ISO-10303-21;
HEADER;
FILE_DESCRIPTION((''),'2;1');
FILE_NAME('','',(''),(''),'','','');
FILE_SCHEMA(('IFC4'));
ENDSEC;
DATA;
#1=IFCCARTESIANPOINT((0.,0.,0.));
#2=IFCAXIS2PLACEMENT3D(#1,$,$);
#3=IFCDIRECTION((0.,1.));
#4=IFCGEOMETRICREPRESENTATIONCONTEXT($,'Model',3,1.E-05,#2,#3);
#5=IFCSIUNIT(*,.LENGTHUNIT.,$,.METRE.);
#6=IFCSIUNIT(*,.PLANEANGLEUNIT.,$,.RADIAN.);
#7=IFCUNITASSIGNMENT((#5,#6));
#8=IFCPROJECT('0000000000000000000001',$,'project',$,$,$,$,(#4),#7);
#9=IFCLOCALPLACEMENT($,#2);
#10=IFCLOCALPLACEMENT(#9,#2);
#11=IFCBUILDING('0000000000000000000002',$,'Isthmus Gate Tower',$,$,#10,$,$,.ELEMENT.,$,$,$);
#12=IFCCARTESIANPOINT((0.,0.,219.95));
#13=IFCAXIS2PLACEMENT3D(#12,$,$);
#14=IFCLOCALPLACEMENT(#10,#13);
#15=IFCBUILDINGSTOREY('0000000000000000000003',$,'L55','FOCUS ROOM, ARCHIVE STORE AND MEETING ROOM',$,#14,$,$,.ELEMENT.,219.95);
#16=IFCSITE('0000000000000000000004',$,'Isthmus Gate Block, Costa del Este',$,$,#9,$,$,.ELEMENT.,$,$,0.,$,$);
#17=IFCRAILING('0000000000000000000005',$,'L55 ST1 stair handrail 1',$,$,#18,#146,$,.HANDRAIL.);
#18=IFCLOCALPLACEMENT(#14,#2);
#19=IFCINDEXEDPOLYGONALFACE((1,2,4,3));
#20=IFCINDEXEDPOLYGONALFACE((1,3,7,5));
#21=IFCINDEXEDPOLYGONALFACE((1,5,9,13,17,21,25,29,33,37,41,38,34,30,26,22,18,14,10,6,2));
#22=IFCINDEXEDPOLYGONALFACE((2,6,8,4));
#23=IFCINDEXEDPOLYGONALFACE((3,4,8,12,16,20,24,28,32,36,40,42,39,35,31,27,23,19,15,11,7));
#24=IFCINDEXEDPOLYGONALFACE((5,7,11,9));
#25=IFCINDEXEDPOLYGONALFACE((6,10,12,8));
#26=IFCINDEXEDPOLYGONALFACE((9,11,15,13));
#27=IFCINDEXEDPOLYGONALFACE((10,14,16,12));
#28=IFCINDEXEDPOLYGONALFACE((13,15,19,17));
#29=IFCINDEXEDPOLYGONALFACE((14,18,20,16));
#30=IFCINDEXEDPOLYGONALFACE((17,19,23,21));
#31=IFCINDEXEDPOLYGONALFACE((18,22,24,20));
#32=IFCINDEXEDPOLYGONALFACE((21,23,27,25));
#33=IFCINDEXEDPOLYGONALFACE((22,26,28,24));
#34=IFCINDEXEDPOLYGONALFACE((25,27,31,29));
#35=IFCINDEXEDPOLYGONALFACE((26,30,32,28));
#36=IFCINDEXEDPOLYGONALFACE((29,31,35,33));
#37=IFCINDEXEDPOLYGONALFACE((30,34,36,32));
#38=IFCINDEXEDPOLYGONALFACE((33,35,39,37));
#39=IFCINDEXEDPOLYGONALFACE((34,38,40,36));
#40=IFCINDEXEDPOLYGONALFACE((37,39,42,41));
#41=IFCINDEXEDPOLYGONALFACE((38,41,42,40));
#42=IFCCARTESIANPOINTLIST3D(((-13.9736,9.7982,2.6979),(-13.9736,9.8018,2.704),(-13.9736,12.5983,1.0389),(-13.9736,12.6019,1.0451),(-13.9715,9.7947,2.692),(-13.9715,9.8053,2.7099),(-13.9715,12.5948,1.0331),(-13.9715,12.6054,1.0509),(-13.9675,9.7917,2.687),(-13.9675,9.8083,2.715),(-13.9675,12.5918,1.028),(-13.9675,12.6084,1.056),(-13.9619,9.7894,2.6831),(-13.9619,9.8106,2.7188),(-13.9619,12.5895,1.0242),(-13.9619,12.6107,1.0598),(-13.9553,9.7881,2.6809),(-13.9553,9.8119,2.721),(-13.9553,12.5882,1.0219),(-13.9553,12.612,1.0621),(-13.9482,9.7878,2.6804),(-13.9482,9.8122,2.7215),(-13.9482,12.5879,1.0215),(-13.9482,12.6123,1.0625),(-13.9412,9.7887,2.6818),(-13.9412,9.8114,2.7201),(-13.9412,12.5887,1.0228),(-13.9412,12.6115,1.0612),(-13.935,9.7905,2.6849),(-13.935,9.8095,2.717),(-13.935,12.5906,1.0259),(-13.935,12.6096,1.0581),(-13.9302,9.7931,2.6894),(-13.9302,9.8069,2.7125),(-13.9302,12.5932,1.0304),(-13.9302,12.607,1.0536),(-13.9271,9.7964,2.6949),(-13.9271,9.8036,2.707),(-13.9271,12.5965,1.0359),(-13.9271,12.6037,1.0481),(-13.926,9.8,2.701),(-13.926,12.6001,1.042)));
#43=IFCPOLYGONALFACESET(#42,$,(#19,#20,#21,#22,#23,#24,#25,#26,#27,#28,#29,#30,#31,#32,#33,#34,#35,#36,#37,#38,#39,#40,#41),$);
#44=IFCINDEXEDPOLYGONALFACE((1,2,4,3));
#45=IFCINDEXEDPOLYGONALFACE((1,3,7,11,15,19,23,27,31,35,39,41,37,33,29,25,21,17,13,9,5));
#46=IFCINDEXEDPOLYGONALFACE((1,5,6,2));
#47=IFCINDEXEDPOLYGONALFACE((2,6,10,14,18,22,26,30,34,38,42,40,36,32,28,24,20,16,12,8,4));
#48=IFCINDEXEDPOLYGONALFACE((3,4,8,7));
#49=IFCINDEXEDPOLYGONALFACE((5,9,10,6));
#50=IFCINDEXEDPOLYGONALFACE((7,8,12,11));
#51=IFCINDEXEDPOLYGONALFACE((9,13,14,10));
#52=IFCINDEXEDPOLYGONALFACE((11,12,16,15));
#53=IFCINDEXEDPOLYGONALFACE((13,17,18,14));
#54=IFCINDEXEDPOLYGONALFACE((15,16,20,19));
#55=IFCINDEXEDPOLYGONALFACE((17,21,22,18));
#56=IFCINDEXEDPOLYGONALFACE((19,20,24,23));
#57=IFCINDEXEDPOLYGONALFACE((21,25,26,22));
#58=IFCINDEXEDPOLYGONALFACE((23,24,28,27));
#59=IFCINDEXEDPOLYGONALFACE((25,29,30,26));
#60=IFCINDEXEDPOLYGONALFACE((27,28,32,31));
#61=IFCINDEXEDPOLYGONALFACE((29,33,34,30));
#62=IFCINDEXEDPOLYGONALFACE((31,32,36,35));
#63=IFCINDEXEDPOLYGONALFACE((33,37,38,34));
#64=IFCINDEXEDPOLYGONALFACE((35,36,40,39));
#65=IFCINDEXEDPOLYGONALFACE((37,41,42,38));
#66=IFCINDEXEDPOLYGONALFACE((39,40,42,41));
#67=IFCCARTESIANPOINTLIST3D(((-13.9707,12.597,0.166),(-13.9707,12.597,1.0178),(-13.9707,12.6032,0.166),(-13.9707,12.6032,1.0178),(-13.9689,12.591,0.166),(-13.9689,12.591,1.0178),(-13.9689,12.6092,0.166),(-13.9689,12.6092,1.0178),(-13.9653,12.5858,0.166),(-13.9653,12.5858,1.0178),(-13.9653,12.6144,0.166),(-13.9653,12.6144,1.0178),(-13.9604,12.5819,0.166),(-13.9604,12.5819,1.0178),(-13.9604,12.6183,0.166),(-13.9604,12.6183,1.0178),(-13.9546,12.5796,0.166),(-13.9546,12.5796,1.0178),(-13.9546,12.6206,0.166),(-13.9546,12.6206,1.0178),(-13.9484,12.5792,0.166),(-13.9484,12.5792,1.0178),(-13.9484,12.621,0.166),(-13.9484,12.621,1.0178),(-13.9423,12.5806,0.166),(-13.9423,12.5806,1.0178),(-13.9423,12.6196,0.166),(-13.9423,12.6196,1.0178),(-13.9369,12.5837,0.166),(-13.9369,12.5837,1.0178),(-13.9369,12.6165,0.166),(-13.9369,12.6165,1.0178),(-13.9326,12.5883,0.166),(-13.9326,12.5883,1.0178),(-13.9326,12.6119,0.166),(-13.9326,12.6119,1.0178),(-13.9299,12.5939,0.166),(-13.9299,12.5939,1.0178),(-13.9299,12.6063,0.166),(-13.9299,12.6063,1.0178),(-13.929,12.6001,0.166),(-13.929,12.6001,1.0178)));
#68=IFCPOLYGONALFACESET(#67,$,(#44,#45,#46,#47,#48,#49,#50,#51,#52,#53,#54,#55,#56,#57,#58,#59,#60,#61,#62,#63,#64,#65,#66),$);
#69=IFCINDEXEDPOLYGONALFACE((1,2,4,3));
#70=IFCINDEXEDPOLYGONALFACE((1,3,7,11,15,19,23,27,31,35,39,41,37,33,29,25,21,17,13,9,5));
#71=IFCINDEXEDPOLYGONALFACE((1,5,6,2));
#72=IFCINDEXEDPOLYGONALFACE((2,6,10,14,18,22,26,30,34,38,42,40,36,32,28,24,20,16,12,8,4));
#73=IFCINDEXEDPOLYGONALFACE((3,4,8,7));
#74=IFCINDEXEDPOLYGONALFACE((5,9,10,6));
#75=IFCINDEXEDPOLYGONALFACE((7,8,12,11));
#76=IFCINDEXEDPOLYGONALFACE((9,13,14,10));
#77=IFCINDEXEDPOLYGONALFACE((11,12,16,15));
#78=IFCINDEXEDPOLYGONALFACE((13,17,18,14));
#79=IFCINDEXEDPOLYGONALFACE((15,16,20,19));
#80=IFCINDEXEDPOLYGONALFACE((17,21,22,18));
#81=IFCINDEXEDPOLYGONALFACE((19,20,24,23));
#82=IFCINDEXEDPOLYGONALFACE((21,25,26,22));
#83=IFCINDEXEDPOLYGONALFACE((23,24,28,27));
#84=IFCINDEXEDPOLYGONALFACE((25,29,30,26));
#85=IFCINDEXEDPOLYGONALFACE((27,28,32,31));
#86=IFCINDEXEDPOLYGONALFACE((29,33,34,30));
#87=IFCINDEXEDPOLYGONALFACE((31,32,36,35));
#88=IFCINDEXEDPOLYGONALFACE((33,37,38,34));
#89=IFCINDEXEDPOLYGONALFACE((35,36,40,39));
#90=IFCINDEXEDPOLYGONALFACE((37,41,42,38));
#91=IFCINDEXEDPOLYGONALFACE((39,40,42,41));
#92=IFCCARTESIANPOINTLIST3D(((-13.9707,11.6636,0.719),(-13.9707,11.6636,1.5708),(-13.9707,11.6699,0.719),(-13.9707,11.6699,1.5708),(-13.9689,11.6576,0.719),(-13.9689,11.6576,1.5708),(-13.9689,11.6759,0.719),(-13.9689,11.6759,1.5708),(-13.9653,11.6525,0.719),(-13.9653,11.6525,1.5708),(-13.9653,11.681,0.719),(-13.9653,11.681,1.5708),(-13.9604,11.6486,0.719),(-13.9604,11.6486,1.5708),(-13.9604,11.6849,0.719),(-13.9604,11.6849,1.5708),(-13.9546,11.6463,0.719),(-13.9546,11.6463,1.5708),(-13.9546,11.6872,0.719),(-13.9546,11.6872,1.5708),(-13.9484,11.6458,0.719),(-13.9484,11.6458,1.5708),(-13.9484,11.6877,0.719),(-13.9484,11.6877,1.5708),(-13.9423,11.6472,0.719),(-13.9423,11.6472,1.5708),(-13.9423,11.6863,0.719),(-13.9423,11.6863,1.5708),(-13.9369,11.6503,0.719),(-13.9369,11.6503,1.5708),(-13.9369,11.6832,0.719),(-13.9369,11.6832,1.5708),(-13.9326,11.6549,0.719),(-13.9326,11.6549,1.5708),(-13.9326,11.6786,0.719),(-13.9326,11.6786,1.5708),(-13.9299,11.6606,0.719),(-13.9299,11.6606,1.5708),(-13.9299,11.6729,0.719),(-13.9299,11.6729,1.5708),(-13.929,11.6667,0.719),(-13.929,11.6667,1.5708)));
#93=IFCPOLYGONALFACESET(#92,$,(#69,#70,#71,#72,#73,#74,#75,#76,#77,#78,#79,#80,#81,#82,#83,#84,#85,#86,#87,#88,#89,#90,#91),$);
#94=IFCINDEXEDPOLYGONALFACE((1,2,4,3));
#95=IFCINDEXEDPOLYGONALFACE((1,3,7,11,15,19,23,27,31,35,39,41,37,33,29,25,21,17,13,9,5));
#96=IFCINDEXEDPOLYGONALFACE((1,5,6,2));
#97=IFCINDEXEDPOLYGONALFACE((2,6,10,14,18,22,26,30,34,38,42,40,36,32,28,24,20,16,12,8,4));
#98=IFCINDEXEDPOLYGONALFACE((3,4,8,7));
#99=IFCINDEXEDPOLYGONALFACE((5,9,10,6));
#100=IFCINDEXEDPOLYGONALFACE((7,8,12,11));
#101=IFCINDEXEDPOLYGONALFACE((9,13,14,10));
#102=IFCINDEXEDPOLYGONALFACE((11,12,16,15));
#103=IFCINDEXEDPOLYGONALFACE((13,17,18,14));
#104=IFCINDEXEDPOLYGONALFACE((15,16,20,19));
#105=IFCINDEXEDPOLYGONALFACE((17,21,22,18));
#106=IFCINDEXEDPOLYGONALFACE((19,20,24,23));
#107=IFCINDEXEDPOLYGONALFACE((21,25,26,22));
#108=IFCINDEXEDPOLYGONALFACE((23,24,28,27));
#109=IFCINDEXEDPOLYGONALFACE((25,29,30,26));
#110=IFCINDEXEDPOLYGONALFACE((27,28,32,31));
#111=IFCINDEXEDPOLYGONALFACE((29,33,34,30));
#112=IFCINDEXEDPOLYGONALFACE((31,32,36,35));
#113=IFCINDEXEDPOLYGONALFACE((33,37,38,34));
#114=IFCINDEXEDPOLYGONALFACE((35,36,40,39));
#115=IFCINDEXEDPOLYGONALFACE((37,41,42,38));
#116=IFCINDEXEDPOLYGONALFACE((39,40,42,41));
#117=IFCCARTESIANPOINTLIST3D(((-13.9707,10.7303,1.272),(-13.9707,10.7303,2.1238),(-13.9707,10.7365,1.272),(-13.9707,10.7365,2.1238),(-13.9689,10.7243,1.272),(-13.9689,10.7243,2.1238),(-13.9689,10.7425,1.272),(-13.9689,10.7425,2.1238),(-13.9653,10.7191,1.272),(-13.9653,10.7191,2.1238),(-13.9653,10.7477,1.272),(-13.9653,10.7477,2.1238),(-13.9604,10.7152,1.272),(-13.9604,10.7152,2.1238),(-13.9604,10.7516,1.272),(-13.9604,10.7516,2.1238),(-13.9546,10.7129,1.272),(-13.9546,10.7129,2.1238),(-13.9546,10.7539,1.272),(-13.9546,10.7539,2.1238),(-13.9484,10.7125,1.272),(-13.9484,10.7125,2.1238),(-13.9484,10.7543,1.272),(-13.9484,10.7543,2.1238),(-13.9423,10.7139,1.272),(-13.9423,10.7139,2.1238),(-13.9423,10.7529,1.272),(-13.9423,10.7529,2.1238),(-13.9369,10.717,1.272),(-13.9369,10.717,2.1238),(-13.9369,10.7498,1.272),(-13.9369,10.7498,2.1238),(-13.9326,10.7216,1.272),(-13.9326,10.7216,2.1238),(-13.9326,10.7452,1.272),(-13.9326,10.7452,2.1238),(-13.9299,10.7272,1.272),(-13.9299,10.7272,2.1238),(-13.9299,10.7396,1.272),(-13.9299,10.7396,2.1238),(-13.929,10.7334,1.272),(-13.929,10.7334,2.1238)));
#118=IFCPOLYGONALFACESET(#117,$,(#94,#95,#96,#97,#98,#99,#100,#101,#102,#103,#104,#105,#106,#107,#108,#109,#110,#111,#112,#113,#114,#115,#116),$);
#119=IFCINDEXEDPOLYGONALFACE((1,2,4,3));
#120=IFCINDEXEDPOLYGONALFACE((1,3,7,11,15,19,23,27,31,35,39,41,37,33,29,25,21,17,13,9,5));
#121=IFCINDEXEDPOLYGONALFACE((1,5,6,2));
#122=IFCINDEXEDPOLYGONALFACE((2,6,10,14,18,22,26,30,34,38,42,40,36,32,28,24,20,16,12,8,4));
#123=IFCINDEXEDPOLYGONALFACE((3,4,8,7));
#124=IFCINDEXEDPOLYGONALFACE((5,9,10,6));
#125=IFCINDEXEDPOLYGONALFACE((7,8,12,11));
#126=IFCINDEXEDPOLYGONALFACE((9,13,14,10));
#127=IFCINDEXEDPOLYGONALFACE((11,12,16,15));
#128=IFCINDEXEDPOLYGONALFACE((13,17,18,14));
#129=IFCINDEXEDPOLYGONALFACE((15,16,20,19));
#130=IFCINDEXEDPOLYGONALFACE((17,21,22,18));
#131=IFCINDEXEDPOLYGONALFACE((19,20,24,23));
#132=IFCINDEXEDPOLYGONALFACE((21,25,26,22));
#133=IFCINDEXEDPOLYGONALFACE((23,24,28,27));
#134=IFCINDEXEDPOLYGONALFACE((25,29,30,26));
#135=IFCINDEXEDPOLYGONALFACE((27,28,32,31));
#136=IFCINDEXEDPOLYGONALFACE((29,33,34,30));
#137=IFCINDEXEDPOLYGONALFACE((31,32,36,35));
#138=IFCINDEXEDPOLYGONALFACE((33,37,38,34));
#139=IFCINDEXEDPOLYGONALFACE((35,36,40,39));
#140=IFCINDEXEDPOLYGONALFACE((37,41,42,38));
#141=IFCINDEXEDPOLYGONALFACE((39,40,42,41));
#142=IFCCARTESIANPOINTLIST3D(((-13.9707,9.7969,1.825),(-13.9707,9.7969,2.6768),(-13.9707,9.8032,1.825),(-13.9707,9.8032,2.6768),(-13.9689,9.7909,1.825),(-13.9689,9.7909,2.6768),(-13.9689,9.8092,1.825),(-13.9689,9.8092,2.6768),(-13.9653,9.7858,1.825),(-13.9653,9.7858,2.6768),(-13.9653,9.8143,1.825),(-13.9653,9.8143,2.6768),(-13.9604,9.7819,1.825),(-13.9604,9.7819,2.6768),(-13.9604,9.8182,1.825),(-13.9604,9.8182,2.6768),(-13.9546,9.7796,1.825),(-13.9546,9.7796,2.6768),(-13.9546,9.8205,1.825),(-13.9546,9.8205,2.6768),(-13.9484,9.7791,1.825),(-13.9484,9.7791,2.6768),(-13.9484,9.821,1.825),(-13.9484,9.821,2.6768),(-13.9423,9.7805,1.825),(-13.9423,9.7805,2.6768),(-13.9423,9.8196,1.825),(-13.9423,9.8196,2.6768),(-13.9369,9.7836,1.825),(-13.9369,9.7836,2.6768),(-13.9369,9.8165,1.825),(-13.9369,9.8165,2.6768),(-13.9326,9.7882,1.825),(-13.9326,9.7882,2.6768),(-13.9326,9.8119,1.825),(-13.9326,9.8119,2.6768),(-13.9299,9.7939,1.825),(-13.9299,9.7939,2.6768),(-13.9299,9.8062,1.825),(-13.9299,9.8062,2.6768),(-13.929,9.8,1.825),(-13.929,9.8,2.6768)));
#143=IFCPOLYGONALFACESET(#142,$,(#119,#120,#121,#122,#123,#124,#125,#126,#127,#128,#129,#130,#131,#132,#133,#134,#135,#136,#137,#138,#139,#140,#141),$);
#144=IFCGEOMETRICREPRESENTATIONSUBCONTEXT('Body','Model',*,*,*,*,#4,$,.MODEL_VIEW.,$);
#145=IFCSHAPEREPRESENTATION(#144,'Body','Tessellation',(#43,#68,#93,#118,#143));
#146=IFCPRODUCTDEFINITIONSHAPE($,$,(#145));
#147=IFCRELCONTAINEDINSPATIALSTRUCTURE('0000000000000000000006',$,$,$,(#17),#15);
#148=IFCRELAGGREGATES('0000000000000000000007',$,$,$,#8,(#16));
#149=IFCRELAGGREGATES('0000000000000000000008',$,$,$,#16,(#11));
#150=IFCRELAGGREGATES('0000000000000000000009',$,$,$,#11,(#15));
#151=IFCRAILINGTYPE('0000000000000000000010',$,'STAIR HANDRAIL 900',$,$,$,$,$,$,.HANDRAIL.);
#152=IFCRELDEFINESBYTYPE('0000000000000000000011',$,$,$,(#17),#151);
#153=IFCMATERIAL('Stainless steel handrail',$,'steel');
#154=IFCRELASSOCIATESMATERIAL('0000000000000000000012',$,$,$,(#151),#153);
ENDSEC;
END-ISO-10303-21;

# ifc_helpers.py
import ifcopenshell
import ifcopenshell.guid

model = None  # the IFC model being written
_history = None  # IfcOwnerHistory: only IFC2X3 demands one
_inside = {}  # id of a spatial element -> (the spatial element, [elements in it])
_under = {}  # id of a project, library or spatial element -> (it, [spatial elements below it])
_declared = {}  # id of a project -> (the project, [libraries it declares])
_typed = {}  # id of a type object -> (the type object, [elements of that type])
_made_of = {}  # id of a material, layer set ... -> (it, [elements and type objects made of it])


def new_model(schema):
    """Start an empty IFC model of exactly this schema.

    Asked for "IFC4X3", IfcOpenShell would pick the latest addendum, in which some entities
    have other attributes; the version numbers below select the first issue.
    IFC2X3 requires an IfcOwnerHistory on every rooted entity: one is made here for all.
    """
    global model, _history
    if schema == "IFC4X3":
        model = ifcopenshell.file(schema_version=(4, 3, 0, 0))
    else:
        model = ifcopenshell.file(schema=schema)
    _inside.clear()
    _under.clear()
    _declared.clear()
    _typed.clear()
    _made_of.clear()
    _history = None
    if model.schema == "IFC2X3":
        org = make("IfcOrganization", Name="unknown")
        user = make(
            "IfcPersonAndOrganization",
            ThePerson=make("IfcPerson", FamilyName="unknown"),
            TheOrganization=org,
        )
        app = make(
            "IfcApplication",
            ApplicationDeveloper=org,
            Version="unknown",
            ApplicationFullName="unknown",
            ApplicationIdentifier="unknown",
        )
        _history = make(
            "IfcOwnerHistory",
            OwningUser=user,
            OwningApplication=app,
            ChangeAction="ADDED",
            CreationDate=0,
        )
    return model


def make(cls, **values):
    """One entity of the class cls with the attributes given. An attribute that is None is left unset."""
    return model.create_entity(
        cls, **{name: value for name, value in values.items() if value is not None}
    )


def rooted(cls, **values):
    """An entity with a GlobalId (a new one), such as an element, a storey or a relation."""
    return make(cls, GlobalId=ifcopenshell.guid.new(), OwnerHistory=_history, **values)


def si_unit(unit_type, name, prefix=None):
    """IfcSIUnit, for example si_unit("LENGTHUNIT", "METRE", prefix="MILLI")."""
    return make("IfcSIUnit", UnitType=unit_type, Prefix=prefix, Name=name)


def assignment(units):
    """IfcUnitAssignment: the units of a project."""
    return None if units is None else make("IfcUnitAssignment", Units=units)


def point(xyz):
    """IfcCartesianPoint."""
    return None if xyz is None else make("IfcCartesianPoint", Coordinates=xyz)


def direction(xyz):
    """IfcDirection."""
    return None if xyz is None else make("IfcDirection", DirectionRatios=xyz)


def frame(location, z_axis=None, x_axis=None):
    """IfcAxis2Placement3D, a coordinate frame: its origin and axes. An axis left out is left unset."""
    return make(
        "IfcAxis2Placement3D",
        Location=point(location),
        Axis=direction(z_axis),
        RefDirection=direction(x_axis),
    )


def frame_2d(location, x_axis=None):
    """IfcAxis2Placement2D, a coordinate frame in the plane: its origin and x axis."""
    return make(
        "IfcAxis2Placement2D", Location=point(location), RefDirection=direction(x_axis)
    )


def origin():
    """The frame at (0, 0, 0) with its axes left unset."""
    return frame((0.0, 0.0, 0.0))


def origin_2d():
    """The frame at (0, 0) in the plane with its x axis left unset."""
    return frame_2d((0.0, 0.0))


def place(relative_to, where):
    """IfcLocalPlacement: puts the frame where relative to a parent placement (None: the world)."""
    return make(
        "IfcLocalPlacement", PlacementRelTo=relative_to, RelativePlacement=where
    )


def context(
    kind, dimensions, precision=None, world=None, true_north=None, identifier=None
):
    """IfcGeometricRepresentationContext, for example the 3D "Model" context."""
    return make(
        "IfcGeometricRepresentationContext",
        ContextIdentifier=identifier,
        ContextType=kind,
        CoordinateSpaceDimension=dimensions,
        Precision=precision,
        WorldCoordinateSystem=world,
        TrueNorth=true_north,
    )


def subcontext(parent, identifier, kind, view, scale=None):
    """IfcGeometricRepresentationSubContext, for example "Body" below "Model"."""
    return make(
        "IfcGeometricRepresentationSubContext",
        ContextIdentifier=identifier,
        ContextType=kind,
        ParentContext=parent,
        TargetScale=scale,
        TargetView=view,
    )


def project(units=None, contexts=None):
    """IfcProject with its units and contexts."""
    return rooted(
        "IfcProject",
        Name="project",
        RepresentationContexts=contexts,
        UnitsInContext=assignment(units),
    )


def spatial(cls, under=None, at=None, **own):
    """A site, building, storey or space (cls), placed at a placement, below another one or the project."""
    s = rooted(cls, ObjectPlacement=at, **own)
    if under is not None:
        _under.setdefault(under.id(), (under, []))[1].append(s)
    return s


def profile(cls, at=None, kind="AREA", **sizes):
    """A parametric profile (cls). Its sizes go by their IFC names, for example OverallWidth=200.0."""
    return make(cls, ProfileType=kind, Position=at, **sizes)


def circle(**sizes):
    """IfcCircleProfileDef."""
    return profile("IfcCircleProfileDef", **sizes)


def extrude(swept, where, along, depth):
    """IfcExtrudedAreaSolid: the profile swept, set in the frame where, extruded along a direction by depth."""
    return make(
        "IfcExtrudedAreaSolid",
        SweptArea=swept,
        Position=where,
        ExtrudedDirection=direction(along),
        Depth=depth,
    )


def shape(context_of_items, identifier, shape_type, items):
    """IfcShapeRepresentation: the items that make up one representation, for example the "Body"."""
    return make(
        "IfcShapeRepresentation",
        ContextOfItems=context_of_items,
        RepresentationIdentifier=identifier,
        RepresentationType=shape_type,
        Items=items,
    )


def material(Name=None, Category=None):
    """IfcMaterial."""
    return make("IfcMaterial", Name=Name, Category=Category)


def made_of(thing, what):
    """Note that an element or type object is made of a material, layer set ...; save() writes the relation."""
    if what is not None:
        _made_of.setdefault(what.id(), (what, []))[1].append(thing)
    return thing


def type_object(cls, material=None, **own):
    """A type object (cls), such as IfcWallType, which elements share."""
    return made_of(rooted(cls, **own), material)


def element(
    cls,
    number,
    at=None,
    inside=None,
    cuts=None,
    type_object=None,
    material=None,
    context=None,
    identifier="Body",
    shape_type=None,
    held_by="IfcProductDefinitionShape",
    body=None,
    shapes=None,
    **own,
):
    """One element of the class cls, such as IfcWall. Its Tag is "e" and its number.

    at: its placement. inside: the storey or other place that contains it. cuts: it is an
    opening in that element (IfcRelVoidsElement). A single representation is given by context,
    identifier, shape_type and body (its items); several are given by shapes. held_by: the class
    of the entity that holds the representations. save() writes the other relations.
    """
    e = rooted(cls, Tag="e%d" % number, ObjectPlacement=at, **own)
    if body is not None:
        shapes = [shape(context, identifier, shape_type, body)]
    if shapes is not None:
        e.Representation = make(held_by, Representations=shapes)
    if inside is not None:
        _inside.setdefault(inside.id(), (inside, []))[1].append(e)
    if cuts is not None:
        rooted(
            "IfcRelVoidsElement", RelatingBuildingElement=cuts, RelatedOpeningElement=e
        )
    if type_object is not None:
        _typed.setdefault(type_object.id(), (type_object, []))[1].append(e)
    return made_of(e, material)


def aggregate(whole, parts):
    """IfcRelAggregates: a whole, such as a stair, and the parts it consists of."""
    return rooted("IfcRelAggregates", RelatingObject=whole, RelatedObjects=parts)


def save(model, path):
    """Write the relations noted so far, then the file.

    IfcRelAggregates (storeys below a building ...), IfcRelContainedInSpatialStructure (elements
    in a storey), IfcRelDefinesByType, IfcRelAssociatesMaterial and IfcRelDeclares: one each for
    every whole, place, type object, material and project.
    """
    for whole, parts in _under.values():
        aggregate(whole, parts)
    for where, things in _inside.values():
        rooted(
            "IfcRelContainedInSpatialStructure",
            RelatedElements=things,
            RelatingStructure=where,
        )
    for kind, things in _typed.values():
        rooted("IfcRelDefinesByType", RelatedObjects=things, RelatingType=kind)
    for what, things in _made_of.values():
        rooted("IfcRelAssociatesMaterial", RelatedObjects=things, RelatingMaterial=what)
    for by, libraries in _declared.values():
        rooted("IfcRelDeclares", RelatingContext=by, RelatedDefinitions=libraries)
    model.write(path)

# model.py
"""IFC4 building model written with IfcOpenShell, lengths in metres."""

from ifc_helpers import new_model, si_unit, direction, frame, origin, origin_2d, place, context, subcontext, project, spatial, circle, extrude, material, type_object, element, save


model = new_model("IFC4")

# Units and contexts
model_context = context("Model", 3, precision=1e-05, world=origin(), true_north=direction((0.0, 1.0)))
body_context = subcontext(model_context, "Body", "Model", "MODEL_VIEW")
ifc_project = project(units=[si_unit("LENGTHUNIT", "METRE"), si_unit("PLANEANGLEUNIT", "RADIAN")], contexts=[model_context])

# Site, building, storey
site_placement = place(None, origin())
site = spatial("IfcSite", under=ifc_project, at=site_placement, Name="Isthmus Gate Block, Costa del Este", CompositionType="ELEMENT", RefElevation=0.0)
building_placement = place(site_placement, origin())
building = spatial("IfcBuilding", under=site, at=building_placement, Name="Isthmus Gate Tower", CompositionType="ELEMENT")
storey_placement = place(building_placement, frame((0.0, 0.0, 219.95)))
storey = spatial("IfcBuildingStorey", under=building, at=storey_placement, Name="L55", Description="FOCUS ROOM, ARCHIVE STORE AND MEETING ROOM", CompositionType="ELEMENT", Elevation=219.95)

# Railing
ifc_material_1 = material(Name="Stainless steel handrail", Category="steel")
railing_type_1 = type_object("IfcRailingType", Name="STAIR HANDRAIL 900", PredefinedType="HANDRAIL", material=ifc_material_1)
railing_1_placement = place(storey_placement, frame((-13.95, 12.6001, 0.166)))
element("IfcRailing", 1, at=railing_1_placement, inside=storey, type_object=railing_type_1, Name="L55 ST1 stair handrail 1", PredefinedType="HANDRAIL", context=body_context, shape_type="SweptSolid", body=[
    extrude(circle(Radius=0.0239, at=origin_2d()), frame((0.0, 0.0, 0.876), z_axis=(0.0, -0.860339, 0.509722), x_axis=(1.0, 0.0, 0.0)), (0.0, 0.0, 1.0), 3.2546),
    extrude(circle(Radius=0.021, at=origin_2d()), origin(), (0.0, 0.0, 1.0), 0.8518),
    extrude(circle(Radius=0.021, at=origin_2d()), frame((0.0, -0.9333, 0.553)), (0.0, 0.0, 1.0), 0.8518),
    extrude(circle(Radius=0.021, at=origin_2d()), frame((0.0, -1.8667, 1.106)), (0.0, 0.0, 1.0), 0.8518),
    extrude(circle(Radius=0.021, at=origin_2d()), frame((0.0, -2.8, 1.6589)), (0.0, 0.0, 1.0), 0.8518),
])

save(model, "model.ifc")
